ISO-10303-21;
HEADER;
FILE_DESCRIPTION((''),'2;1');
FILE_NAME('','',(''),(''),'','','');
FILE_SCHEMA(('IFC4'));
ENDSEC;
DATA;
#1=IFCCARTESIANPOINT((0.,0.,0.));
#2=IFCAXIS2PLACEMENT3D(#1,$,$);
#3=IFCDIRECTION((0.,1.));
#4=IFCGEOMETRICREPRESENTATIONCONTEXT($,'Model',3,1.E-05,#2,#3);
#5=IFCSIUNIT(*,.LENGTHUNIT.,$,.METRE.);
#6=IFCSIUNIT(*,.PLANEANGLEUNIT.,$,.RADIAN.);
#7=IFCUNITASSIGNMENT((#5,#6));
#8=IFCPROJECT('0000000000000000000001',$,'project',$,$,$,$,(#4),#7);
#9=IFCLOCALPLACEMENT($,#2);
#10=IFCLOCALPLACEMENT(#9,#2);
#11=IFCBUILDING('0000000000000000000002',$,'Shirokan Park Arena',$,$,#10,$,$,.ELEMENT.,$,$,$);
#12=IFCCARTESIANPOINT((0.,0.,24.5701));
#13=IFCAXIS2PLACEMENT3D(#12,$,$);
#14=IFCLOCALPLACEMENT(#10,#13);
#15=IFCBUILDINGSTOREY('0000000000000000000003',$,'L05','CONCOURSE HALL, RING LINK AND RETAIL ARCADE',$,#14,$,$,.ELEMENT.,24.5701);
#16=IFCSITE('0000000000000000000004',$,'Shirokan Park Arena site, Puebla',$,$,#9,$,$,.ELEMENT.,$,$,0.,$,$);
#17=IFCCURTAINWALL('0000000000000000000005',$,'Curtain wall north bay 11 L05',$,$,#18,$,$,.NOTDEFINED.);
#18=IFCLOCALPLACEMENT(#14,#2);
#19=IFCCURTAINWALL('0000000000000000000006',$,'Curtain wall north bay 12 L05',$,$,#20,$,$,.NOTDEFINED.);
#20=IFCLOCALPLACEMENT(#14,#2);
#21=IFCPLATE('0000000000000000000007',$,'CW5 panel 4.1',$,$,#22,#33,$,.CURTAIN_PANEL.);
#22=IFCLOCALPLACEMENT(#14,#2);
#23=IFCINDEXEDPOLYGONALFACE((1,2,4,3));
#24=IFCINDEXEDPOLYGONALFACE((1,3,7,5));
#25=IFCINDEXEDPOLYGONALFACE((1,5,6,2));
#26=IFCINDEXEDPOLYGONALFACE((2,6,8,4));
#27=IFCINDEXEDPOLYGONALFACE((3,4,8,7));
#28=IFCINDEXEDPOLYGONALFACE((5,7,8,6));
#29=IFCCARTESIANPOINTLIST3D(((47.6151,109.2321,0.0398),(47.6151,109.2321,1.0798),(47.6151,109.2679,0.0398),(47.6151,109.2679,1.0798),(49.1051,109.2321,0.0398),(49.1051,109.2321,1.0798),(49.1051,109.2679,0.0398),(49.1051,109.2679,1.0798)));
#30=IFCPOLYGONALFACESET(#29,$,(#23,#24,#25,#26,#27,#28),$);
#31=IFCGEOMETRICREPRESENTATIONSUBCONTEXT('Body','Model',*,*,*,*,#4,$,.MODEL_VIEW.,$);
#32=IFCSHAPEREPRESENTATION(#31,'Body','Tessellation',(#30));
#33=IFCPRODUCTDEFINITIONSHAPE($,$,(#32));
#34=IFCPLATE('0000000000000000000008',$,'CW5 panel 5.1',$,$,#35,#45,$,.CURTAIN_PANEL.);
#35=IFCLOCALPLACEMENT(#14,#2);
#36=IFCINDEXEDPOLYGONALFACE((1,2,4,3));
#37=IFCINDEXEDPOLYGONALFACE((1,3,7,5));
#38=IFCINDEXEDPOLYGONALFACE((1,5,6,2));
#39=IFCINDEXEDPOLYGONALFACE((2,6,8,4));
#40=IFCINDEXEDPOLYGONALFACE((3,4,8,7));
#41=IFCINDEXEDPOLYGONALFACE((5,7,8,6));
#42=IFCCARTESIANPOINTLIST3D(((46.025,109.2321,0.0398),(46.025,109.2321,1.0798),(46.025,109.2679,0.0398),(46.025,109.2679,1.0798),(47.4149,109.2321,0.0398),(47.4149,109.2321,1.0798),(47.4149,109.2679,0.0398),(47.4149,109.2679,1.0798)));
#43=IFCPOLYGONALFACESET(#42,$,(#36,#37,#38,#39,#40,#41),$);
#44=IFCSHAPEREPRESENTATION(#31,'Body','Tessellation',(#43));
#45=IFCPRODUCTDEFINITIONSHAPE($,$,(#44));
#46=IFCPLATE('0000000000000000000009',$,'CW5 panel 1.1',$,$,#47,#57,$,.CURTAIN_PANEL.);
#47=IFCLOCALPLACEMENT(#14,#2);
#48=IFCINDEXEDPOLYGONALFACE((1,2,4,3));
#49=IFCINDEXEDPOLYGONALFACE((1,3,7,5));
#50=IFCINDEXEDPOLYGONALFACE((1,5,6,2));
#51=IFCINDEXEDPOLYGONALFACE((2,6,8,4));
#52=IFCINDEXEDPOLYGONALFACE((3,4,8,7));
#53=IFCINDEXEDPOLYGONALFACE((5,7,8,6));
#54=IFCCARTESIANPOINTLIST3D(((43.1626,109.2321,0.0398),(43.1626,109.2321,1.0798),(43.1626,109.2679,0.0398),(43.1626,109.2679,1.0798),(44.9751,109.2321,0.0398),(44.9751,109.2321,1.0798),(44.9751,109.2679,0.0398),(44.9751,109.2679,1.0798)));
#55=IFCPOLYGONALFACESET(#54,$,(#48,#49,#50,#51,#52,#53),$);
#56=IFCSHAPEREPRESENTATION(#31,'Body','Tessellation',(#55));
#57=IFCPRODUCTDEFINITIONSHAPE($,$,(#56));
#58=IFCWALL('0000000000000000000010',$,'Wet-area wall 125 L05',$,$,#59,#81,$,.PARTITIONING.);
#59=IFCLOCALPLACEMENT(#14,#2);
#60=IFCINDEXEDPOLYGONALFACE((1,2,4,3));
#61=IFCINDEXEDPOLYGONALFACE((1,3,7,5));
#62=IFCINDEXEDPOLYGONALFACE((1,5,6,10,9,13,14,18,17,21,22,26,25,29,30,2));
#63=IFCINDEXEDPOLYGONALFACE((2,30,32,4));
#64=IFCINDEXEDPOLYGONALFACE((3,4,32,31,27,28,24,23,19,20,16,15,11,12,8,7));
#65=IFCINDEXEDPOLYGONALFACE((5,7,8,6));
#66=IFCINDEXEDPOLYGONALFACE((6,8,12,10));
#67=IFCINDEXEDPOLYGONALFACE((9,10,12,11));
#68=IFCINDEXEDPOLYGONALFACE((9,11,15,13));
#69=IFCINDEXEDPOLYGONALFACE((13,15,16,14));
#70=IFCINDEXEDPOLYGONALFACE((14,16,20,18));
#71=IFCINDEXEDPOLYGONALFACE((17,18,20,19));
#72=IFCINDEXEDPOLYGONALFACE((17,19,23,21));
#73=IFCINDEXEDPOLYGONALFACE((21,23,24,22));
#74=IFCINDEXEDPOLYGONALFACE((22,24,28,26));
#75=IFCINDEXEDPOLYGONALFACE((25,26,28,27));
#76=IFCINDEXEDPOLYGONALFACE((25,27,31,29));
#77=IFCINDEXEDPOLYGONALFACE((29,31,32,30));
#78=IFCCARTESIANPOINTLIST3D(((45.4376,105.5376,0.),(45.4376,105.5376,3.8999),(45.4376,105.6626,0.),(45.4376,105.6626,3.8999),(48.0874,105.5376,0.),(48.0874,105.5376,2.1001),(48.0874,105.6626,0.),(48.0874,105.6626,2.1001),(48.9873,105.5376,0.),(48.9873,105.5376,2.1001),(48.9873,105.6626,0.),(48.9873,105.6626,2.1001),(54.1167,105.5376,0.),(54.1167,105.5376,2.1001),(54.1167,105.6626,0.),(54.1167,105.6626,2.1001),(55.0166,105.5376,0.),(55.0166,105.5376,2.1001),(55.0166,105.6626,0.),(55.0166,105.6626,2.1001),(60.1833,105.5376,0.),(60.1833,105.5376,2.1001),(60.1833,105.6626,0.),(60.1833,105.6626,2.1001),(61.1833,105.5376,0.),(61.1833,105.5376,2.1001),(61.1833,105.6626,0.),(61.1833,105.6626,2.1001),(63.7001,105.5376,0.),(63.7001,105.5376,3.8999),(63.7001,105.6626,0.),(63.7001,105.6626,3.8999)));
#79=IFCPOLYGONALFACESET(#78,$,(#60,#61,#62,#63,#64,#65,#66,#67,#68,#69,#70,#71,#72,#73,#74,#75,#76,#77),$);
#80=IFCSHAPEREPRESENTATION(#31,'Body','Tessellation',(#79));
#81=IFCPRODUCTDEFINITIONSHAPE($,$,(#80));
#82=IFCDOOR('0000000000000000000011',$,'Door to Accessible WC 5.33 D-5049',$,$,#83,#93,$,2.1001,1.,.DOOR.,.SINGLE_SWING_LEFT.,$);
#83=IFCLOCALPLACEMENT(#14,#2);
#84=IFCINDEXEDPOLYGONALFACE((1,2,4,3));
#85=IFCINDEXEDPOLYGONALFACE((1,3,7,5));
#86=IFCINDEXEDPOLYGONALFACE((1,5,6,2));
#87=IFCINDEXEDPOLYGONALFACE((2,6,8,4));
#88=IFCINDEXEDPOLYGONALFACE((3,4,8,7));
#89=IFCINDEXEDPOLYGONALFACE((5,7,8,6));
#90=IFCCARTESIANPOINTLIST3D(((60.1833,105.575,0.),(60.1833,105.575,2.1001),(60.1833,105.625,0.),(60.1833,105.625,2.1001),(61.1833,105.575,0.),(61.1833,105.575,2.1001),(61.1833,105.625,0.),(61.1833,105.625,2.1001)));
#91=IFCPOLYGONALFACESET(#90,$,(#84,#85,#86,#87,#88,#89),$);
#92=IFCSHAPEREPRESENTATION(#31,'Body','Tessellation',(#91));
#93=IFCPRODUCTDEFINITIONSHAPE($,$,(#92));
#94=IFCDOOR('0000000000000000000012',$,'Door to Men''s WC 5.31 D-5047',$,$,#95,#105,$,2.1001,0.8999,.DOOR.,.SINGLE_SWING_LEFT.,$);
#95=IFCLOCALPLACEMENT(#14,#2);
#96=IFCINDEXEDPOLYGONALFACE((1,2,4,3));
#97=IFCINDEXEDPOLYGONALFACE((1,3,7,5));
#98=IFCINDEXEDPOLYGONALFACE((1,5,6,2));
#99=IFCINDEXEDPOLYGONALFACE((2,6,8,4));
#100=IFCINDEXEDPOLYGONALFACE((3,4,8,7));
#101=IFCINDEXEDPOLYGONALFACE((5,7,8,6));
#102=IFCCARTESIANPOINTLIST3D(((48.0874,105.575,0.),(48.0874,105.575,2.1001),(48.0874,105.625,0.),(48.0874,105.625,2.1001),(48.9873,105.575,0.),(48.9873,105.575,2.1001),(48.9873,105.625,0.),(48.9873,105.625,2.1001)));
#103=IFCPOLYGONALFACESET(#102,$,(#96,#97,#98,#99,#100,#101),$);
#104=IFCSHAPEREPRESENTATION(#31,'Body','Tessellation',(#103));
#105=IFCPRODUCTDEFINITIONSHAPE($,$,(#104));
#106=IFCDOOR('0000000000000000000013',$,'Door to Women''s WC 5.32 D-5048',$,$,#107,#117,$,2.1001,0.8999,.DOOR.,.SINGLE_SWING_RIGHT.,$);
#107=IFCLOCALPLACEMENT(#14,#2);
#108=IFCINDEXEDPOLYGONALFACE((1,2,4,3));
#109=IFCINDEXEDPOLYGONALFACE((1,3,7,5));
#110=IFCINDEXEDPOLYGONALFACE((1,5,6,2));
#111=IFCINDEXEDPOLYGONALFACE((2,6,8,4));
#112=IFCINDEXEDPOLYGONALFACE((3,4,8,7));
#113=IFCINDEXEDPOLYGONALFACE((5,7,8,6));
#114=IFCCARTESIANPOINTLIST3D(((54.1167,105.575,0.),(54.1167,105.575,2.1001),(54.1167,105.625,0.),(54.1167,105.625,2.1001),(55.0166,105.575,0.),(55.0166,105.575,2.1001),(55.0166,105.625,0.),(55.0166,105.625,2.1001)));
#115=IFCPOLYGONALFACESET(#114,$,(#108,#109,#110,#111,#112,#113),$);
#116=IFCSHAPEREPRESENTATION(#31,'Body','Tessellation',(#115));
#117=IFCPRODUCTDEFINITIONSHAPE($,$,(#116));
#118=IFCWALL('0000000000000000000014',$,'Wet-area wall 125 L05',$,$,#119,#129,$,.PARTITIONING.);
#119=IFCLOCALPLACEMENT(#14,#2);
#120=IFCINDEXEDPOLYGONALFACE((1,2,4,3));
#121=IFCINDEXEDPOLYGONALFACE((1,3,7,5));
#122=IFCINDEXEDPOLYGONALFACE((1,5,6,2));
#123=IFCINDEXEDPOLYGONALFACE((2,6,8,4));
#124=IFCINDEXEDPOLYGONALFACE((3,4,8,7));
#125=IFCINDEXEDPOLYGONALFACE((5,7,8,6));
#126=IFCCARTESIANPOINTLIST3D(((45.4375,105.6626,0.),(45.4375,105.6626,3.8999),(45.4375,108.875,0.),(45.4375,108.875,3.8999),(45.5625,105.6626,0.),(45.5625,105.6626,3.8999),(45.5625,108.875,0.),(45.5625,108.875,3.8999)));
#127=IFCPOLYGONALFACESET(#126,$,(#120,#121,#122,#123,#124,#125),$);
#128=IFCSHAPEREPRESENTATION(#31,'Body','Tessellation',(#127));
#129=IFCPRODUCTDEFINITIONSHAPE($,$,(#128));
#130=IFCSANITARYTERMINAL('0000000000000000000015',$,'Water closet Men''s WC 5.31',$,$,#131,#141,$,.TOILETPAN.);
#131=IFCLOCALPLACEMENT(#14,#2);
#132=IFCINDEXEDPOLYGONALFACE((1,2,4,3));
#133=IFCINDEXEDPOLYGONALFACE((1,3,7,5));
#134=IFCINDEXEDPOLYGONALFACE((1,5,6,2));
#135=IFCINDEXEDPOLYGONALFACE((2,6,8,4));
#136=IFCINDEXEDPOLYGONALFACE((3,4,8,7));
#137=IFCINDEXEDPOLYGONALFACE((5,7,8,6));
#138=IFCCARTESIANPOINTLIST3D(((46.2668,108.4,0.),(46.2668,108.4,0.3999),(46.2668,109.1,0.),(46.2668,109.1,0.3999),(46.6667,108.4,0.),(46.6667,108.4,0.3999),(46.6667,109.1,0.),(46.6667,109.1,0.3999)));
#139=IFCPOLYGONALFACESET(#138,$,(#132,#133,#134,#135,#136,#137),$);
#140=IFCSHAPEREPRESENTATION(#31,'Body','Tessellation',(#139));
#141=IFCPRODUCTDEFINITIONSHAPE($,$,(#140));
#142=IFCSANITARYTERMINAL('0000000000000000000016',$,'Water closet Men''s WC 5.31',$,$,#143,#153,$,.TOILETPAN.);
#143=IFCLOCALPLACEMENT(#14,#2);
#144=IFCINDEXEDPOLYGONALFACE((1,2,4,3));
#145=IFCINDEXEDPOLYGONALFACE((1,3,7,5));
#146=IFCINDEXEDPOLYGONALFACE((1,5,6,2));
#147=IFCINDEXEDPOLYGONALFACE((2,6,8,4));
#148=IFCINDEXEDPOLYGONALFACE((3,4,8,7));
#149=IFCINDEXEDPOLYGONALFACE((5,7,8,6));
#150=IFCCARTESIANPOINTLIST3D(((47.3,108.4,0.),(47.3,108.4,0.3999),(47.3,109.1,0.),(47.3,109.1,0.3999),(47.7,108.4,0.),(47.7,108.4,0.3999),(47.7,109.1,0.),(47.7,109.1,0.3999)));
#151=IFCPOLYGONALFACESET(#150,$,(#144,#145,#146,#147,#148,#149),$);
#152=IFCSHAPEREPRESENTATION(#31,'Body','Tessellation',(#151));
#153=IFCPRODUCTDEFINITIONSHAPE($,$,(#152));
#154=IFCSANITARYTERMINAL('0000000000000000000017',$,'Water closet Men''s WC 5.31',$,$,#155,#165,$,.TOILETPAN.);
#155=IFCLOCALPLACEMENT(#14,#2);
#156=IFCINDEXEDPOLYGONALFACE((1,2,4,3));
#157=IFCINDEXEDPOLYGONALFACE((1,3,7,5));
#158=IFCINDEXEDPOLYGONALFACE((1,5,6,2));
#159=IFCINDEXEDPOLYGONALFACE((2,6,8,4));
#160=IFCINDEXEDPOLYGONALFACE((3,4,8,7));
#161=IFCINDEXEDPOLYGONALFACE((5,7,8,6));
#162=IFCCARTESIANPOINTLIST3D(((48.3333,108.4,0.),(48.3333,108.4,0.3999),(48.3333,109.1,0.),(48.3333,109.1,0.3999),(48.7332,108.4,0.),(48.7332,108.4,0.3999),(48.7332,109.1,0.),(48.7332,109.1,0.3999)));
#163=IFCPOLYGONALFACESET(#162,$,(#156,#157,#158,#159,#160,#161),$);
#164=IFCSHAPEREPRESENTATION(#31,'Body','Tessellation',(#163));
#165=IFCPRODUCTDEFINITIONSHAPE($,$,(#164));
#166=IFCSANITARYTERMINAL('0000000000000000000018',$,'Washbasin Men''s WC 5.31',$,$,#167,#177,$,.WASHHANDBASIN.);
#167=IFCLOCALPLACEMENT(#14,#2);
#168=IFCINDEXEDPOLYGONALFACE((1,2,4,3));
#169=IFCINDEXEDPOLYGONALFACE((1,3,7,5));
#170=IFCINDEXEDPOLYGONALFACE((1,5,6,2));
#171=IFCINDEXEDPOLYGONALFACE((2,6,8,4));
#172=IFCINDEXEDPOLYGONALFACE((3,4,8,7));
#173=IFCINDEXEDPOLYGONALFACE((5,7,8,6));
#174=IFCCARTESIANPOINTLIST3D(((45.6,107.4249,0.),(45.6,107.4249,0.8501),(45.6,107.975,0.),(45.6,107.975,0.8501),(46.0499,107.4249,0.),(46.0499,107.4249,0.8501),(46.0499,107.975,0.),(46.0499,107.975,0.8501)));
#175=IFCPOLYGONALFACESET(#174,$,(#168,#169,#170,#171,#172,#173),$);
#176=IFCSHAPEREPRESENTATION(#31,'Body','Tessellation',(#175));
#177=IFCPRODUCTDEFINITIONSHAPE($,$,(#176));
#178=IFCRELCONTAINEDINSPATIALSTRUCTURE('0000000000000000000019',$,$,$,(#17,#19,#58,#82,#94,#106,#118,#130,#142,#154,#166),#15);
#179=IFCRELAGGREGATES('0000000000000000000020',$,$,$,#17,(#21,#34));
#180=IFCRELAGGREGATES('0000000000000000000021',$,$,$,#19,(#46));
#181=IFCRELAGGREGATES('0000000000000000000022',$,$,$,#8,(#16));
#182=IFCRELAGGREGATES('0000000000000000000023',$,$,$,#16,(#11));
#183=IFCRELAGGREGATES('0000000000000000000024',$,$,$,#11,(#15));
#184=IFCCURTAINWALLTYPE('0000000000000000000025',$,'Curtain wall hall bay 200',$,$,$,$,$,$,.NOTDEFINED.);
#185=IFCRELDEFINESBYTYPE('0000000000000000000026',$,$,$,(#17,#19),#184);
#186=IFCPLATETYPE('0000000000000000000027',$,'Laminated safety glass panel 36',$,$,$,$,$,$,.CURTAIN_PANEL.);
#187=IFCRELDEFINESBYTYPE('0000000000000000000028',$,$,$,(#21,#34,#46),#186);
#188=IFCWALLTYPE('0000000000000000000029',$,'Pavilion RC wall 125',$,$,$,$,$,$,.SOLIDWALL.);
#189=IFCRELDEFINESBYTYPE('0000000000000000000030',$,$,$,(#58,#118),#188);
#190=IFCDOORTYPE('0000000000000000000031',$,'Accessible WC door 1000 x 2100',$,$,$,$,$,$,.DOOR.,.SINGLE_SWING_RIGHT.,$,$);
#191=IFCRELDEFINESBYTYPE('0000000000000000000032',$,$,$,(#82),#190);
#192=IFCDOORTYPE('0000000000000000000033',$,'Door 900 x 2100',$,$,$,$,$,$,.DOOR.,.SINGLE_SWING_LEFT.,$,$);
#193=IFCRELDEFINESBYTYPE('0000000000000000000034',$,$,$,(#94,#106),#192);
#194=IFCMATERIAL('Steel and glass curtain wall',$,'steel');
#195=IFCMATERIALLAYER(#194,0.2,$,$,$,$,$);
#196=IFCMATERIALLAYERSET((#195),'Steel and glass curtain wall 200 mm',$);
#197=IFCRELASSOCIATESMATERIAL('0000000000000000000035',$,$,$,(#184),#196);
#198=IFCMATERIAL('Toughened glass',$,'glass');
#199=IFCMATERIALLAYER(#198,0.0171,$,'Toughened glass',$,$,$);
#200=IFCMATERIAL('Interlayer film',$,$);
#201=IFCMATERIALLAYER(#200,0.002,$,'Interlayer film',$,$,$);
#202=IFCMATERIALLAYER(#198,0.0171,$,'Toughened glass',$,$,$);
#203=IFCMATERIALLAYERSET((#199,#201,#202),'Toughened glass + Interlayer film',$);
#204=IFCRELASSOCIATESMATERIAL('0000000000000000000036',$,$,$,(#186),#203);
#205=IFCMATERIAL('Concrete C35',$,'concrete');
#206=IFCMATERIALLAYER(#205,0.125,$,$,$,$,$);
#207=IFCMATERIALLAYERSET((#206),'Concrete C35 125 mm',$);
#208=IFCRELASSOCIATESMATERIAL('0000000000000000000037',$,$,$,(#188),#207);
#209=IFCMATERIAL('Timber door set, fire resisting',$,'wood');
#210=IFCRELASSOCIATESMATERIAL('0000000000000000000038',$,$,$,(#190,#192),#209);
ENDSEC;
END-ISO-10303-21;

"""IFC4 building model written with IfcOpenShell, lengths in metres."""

from ifc_helpers import new_model, si_unit, direction, frame, frame_2d, origin, origin_2d, place, context, subcontext, project, spatial, rectangle, extrude, material, layer, layer_set, type_object, element, fill, aggregate, save


model = new_model("IFC4")

# Units and contexts
model_context = context("Model", 3, precision=1e-05, world=origin(), true_north=direction((0.0, 1.0)))
body_context = subcontext(model_context, "Body", "Model", "MODEL_VIEW")
ifc_project = project(units=[si_unit("LENGTHUNIT", "METRE"), si_unit("PLANEANGLEUNIT", "RADIAN")], contexts=[model_context])

# Site, building, storey
site_placement = place(None, origin())
site = spatial("IfcSite", under=ifc_project, at=site_placement, Name="Shirokan Park Arena site, Puebla", CompositionType="ELEMENT", RefElevation=0.0)
building_placement = place(site_placement, origin())
building = spatial("IfcBuilding", under=site, at=building_placement, Name="Shirokan Park Arena", CompositionType="ELEMENT")
storey_placement = place(building_placement, frame((0.0, 0.0, 24.5701)))
storey = spatial("IfcBuildingStorey", under=building, at=storey_placement, Name="L05", Description="CONCOURSE HALL, RING LINK AND RETAIL ARCADE", CompositionType="ELEMENT", Elevation=24.5701)

# Shared definitions
ifc_material_1 = material(Name="Concrete C35", Category="concrete")

# Curtain wall
ifc_material_2 = material(Name="Steel and glass curtain wall", Category="steel")
ifc_layer_1 = layer(ifc_material_2, 0.2)
ifc_layer_set_1 = layer_set([ifc_layer_1], Name="Steel and glass curtain wall 200 mm")
curtain_wall_type = type_object("IfcCurtainWallType", Name="Curtain wall hall bay 200", PredefinedType="NOTDEFINED", material=ifc_layer_set_1)
curtain_wall_1_placement = place(storey_placement, origin())
curtain_wall_1 = element("IfcCurtainWall", 1, at=curtain_wall_1_placement, inside=storey, type_object=curtain_wall_type, Name="Curtain wall north bay 11 L05", PredefinedType="NOTDEFINED")

# Curtain wall
curtain_wall_2_placement = place(storey_placement, origin())
curtain_wall_2 = element("IfcCurtainWall", 2, at=curtain_wall_2_placement, inside=storey, type_object=curtain_wall_type, Name="Curtain wall north bay 12 L05", PredefinedType="NOTDEFINED")

# Plates
ifc_material_3 = material(Name="Toughened glass", Category="glass")
ifc_layer_2 = layer(ifc_material_3, 0.0171, Name="Toughened glass")
ifc_material_4 = material(Name="Interlayer film")
ifc_layer_3 = layer(ifc_material_4, 0.002, Name="Interlayer film")
ifc_layer_4 = layer(ifc_material_3, 0.0171, Name="Toughened glass")
ifc_layer_set_2 = layer_set([ifc_layer_2, ifc_layer_3, ifc_layer_4], Name="Toughened glass + Interlayer film")
plate_type = type_object("IfcPlateType", Name="Laminated safety glass panel 36", PredefinedType="CURTAIN_PANEL", material=ifc_layer_set_2)
plate_1_placement = place(storey_placement, frame((48.3601, 109.25, 0.0398), z_axis=(0.0, 0.0, 1.0), x_axis=(-1.0, 0.0, 0.0)))
plate_1 = element("IfcPlate", 3, at=plate_1_placement, type_object=plate_type, Name="CW5 panel 4.1", PredefinedType="CURTAIN_PANEL", context=body_context, shape_type="SweptSolid", body=[
    extrude(rectangle(XDim=1.49, YDim=0.0359, at=origin_2d()), origin(), (0.0, 0.0, 1.0), 1.04),
])
plate_2_placement = place(storey_placement, frame((46.72, 109.25, 0.0398), z_axis=(0.0, 0.0, 1.0), x_axis=(-1.0, 0.0, 0.0)))
plate_2 = element("IfcPlate", 4, at=plate_2_placement, type_object=plate_type, Name="CW5 panel 5.1", PredefinedType="CURTAIN_PANEL", context=body_context, shape_type="SweptSolid", body=[
    extrude(rectangle(XDim=1.3899, YDim=0.0359, at=origin_2d()), origin(), (0.0, 0.0, 1.0), 1.04),
])
aggregate(curtain_wall_1, [plate_1, plate_2])
plate_3_placement = place(storey_placement, frame((44.0688, 109.25, 0.0398), z_axis=(0.0, 0.0, 1.0), x_axis=(-1.0, 0.0, 0.0)))
plate_3 = element("IfcPlate", 5, at=plate_3_placement, type_object=plate_type, Name="CW5 panel 1.1", PredefinedType="CURTAIN_PANEL", context=body_context, shape_type="SweptSolid", body=[
    extrude(rectangle(XDim=1.8125, YDim=0.0359, at=origin_2d()), origin(), (0.0, 0.0, 1.0), 1.04),
])
aggregate(curtain_wall_2, [plate_3])

# Wall, openings, doors
ifc_layer_5 = layer(ifc_material_1, 0.125)
ifc_layer_set_3 = layer_set([ifc_layer_5], Name="Concrete C35 125 mm")
wall_type = type_object("IfcWallType", Name="Pavilion RC wall 125", PredefinedType="SOLIDWALL", material=ifc_layer_set_3)
wall_1_placement = place(storey_placement, frame((45.4375, 105.6001, 0.0), z_axis=(0.0, 0.0, 1.0), x_axis=(1.0, 0.0, 0.0)))
wall_1 = element("IfcWall", 6, at=wall_1_placement, inside=storey, type_object=wall_type, Name="Wet-area wall 125 L05", PredefinedType="PARTITIONING", context=body_context, shape_type="SweptSolid", body=[
    extrude(rectangle(XDim=18.2625, YDim=0.125, at=frame_2d((9.1313, 0.0))), origin(), (0.0, 0.0, 1.0), 3.8999),
])
opening_1_placement = place(wall_1_placement, frame((2.6499, 0.0, 0.0)))
opening_1 = element("IfcOpeningElement", 7, at=opening_1_placement, cuts=wall_1, PredefinedType="OPENING", context=body_context, shape_type="SweptSolid", body=[
    extrude(rectangle(XDim=0.8999, YDim=2.1001, at=frame_2d((0.45, 1.05))), frame((0.0, 0.0725, 0.0), z_axis=(0.0, -1.0, 0.0), x_axis=(1.0, 0.0, 0.0)), (0.0, 0.0, 1.0), 0.145),
])
opening_2_placement = place(wall_1_placement, frame((8.6792, 0.0, 0.0)))
opening_2 = element("IfcOpeningElement", 8, at=opening_2_placement, cuts=wall_1, PredefinedType="OPENING", context=body_context, shape_type="SweptSolid", body=[
    extrude(rectangle(XDim=0.8999, YDim=2.1001, at=frame_2d((0.45, 1.05))), frame((0.0, 0.0725, 0.0), z_axis=(0.0, -1.0, 0.0), x_axis=(1.0, 0.0, 0.0)), (0.0, 0.0, 1.0), 0.145),
])
opening_3_placement = place(wall_1_placement, frame((14.7458, 0.0, 0.0)))
opening_3 = element("IfcOpeningElement", 9, at=opening_3_placement, cuts=wall_1, PredefinedType="OPENING", context=body_context, shape_type="SweptSolid", body=[
    extrude(rectangle(XDim=1.0, YDim=2.1001, at=frame_2d((0.5, 1.05))), frame((0.0, 0.0725, 0.0), z_axis=(0.0, -1.0, 0.0), x_axis=(1.0, 0.0, 0.0)), (0.0, 0.0, 1.0), 0.145),
])
ifc_material_5 = material(Name="Timber door set, fire resisting", Category="wood")
door_type_1 = type_object("IfcDoorType", Name="Accessible WC door 1000 x 2100", OperationType="SINGLE_SWING_RIGHT", PredefinedType="DOOR", material=ifc_material_5)
door_1_placement = place(opening_3_placement, origin())
door_1 = element("IfcDoor", 10, at=door_1_placement, inside=storey, type_object=door_type_1, Name="Door to Accessible WC 5.33 D-5049", OperationType="SINGLE_SWING_LEFT", OverallHeight=2.1001, OverallWidth=1.0, PredefinedType="DOOR", context=body_context, shape_type="SweptSolid", body=[
    extrude(rectangle(XDim=1.0, YDim=2.1001, at=frame_2d((0.5, 1.05))), frame((0.0, 0.0249, 0.0), z_axis=(0.0, -1.0, 0.0), x_axis=(1.0, 0.0, 0.0)), (0.0, 0.0, 1.0), 0.05),
])
fill(opening_3, door_1)
door_type_2 = type_object("IfcDoorType", Name="Door 900 x 2100", OperationType="SINGLE_SWING_LEFT", PredefinedType="DOOR", material=ifc_material_5)
door_2_placement = place(opening_1_placement, origin())
door_2 = element("IfcDoor", 11, at=door_2_placement, inside=storey, type_object=door_type_2, Name="Door to Men's WC 5.31 D-5047", OperationType="SINGLE_SWING_LEFT", OverallHeight=2.1001, OverallWidth=0.8999, PredefinedType="DOOR", context=body_context, shape_type="SweptSolid", body=[
    extrude(rectangle(XDim=0.8999, YDim=2.1001, at=frame_2d((0.45, 1.05))), frame((0.0, 0.0249, 0.0), z_axis=(0.0, -1.0, 0.0), x_axis=(1.0, 0.0, 0.0)), (0.0, 0.0, 1.0), 0.05),
])
fill(opening_1, door_2)
door_3_placement = place(opening_2_placement, origin())
door_3 = element("IfcDoor", 12, at=door_3_placement, inside=storey, type_object=door_type_2, Name="Door to Women's WC 5.32 D-5048", OperationType="SINGLE_SWING_RIGHT", OverallHeight=2.1001, OverallWidth=0.8999, PredefinedType="DOOR", context=body_context, shape_type="SweptSolid", body=[
    extrude(rectangle(XDim=0.8999, YDim=2.1001, at=frame_2d((0.45, 1.05))), frame((0.0, 0.0249, 0.0), z_axis=(0.0, -1.0, 0.0), x_axis=(1.0, 0.0, 0.0)), (0.0, 0.0, 1.0), 0.05),
])
fill(opening_2, door_3)

# Wall
wall_2_placement = place(storey_placement, frame((45.5, 108.875, 0.0), z_axis=(0.0, 0.0, 1.0), x_axis=(0.0, -1.0, 0.0)))
element("IfcWall", 13, at=wall_2_placement, inside=storey, type_object=wall_type, Name="Wet-area wall 125 L05", PredefinedType="PARTITIONING", context=body_context, shape_type="SweptSolid", body=[
    extrude(rectangle(XDim=3.2124, YDim=0.125, at=frame_2d((1.6062, 0.0))), origin(), (0.0, 0.0, 1.0), 3.8999),
])

# Sanitary terminals
for number, where, z_axis, x_axis, name in (
    (14, (46.4668, 108.75, 0.0), (0.0, 0.0, 1.0), (1.0, 0.0, 0.0), "Water closet Men's WC 5.31"),
    (15, (47.5, 108.75, 0.0), (0.0, 0.0, 1.0), (1.0, 0.0, 0.0), "Water closet Men's WC 5.31"),
    (16, (48.5332, 108.75, 0.0), (0.0, 0.0, 1.0), (1.0, 0.0, 0.0), "Water closet Men's WC 5.31"),
):
    element("IfcSanitaryTerminal", number, at=place(storey_placement, frame(where, z_axis=z_axis, x_axis=x_axis)), inside=storey, Name=name, PredefinedType="TOILETPAN", context=body_context, shape_type="SweptSolid", body=[
        extrude(rectangle(XDim=0.3999, YDim=0.7, at=origin_2d()), origin(), (0.0, 0.0, 1.0), 0.3999),
    ])
sanitary_terminal_placement = place(storey_placement, frame((45.825, 107.7, 0.0), z_axis=(0.0, 0.0, 1.0), x_axis=(1.0, 0.0, 0.0)))
element("IfcSanitaryTerminal", 17, at=sanitary_terminal_placement, inside=storey, Name="Washbasin Men's WC 5.31", PredefinedType="WASHHANDBASIN", context=body_context, shape_type="SweptSolid", body=[
    extrude(rectangle(XDim=0.45, YDim=0.55, at=origin_2d()), origin(), (0.0, 0.0, 1.0), 0.8501),
])

save(model, "model.ifc")
